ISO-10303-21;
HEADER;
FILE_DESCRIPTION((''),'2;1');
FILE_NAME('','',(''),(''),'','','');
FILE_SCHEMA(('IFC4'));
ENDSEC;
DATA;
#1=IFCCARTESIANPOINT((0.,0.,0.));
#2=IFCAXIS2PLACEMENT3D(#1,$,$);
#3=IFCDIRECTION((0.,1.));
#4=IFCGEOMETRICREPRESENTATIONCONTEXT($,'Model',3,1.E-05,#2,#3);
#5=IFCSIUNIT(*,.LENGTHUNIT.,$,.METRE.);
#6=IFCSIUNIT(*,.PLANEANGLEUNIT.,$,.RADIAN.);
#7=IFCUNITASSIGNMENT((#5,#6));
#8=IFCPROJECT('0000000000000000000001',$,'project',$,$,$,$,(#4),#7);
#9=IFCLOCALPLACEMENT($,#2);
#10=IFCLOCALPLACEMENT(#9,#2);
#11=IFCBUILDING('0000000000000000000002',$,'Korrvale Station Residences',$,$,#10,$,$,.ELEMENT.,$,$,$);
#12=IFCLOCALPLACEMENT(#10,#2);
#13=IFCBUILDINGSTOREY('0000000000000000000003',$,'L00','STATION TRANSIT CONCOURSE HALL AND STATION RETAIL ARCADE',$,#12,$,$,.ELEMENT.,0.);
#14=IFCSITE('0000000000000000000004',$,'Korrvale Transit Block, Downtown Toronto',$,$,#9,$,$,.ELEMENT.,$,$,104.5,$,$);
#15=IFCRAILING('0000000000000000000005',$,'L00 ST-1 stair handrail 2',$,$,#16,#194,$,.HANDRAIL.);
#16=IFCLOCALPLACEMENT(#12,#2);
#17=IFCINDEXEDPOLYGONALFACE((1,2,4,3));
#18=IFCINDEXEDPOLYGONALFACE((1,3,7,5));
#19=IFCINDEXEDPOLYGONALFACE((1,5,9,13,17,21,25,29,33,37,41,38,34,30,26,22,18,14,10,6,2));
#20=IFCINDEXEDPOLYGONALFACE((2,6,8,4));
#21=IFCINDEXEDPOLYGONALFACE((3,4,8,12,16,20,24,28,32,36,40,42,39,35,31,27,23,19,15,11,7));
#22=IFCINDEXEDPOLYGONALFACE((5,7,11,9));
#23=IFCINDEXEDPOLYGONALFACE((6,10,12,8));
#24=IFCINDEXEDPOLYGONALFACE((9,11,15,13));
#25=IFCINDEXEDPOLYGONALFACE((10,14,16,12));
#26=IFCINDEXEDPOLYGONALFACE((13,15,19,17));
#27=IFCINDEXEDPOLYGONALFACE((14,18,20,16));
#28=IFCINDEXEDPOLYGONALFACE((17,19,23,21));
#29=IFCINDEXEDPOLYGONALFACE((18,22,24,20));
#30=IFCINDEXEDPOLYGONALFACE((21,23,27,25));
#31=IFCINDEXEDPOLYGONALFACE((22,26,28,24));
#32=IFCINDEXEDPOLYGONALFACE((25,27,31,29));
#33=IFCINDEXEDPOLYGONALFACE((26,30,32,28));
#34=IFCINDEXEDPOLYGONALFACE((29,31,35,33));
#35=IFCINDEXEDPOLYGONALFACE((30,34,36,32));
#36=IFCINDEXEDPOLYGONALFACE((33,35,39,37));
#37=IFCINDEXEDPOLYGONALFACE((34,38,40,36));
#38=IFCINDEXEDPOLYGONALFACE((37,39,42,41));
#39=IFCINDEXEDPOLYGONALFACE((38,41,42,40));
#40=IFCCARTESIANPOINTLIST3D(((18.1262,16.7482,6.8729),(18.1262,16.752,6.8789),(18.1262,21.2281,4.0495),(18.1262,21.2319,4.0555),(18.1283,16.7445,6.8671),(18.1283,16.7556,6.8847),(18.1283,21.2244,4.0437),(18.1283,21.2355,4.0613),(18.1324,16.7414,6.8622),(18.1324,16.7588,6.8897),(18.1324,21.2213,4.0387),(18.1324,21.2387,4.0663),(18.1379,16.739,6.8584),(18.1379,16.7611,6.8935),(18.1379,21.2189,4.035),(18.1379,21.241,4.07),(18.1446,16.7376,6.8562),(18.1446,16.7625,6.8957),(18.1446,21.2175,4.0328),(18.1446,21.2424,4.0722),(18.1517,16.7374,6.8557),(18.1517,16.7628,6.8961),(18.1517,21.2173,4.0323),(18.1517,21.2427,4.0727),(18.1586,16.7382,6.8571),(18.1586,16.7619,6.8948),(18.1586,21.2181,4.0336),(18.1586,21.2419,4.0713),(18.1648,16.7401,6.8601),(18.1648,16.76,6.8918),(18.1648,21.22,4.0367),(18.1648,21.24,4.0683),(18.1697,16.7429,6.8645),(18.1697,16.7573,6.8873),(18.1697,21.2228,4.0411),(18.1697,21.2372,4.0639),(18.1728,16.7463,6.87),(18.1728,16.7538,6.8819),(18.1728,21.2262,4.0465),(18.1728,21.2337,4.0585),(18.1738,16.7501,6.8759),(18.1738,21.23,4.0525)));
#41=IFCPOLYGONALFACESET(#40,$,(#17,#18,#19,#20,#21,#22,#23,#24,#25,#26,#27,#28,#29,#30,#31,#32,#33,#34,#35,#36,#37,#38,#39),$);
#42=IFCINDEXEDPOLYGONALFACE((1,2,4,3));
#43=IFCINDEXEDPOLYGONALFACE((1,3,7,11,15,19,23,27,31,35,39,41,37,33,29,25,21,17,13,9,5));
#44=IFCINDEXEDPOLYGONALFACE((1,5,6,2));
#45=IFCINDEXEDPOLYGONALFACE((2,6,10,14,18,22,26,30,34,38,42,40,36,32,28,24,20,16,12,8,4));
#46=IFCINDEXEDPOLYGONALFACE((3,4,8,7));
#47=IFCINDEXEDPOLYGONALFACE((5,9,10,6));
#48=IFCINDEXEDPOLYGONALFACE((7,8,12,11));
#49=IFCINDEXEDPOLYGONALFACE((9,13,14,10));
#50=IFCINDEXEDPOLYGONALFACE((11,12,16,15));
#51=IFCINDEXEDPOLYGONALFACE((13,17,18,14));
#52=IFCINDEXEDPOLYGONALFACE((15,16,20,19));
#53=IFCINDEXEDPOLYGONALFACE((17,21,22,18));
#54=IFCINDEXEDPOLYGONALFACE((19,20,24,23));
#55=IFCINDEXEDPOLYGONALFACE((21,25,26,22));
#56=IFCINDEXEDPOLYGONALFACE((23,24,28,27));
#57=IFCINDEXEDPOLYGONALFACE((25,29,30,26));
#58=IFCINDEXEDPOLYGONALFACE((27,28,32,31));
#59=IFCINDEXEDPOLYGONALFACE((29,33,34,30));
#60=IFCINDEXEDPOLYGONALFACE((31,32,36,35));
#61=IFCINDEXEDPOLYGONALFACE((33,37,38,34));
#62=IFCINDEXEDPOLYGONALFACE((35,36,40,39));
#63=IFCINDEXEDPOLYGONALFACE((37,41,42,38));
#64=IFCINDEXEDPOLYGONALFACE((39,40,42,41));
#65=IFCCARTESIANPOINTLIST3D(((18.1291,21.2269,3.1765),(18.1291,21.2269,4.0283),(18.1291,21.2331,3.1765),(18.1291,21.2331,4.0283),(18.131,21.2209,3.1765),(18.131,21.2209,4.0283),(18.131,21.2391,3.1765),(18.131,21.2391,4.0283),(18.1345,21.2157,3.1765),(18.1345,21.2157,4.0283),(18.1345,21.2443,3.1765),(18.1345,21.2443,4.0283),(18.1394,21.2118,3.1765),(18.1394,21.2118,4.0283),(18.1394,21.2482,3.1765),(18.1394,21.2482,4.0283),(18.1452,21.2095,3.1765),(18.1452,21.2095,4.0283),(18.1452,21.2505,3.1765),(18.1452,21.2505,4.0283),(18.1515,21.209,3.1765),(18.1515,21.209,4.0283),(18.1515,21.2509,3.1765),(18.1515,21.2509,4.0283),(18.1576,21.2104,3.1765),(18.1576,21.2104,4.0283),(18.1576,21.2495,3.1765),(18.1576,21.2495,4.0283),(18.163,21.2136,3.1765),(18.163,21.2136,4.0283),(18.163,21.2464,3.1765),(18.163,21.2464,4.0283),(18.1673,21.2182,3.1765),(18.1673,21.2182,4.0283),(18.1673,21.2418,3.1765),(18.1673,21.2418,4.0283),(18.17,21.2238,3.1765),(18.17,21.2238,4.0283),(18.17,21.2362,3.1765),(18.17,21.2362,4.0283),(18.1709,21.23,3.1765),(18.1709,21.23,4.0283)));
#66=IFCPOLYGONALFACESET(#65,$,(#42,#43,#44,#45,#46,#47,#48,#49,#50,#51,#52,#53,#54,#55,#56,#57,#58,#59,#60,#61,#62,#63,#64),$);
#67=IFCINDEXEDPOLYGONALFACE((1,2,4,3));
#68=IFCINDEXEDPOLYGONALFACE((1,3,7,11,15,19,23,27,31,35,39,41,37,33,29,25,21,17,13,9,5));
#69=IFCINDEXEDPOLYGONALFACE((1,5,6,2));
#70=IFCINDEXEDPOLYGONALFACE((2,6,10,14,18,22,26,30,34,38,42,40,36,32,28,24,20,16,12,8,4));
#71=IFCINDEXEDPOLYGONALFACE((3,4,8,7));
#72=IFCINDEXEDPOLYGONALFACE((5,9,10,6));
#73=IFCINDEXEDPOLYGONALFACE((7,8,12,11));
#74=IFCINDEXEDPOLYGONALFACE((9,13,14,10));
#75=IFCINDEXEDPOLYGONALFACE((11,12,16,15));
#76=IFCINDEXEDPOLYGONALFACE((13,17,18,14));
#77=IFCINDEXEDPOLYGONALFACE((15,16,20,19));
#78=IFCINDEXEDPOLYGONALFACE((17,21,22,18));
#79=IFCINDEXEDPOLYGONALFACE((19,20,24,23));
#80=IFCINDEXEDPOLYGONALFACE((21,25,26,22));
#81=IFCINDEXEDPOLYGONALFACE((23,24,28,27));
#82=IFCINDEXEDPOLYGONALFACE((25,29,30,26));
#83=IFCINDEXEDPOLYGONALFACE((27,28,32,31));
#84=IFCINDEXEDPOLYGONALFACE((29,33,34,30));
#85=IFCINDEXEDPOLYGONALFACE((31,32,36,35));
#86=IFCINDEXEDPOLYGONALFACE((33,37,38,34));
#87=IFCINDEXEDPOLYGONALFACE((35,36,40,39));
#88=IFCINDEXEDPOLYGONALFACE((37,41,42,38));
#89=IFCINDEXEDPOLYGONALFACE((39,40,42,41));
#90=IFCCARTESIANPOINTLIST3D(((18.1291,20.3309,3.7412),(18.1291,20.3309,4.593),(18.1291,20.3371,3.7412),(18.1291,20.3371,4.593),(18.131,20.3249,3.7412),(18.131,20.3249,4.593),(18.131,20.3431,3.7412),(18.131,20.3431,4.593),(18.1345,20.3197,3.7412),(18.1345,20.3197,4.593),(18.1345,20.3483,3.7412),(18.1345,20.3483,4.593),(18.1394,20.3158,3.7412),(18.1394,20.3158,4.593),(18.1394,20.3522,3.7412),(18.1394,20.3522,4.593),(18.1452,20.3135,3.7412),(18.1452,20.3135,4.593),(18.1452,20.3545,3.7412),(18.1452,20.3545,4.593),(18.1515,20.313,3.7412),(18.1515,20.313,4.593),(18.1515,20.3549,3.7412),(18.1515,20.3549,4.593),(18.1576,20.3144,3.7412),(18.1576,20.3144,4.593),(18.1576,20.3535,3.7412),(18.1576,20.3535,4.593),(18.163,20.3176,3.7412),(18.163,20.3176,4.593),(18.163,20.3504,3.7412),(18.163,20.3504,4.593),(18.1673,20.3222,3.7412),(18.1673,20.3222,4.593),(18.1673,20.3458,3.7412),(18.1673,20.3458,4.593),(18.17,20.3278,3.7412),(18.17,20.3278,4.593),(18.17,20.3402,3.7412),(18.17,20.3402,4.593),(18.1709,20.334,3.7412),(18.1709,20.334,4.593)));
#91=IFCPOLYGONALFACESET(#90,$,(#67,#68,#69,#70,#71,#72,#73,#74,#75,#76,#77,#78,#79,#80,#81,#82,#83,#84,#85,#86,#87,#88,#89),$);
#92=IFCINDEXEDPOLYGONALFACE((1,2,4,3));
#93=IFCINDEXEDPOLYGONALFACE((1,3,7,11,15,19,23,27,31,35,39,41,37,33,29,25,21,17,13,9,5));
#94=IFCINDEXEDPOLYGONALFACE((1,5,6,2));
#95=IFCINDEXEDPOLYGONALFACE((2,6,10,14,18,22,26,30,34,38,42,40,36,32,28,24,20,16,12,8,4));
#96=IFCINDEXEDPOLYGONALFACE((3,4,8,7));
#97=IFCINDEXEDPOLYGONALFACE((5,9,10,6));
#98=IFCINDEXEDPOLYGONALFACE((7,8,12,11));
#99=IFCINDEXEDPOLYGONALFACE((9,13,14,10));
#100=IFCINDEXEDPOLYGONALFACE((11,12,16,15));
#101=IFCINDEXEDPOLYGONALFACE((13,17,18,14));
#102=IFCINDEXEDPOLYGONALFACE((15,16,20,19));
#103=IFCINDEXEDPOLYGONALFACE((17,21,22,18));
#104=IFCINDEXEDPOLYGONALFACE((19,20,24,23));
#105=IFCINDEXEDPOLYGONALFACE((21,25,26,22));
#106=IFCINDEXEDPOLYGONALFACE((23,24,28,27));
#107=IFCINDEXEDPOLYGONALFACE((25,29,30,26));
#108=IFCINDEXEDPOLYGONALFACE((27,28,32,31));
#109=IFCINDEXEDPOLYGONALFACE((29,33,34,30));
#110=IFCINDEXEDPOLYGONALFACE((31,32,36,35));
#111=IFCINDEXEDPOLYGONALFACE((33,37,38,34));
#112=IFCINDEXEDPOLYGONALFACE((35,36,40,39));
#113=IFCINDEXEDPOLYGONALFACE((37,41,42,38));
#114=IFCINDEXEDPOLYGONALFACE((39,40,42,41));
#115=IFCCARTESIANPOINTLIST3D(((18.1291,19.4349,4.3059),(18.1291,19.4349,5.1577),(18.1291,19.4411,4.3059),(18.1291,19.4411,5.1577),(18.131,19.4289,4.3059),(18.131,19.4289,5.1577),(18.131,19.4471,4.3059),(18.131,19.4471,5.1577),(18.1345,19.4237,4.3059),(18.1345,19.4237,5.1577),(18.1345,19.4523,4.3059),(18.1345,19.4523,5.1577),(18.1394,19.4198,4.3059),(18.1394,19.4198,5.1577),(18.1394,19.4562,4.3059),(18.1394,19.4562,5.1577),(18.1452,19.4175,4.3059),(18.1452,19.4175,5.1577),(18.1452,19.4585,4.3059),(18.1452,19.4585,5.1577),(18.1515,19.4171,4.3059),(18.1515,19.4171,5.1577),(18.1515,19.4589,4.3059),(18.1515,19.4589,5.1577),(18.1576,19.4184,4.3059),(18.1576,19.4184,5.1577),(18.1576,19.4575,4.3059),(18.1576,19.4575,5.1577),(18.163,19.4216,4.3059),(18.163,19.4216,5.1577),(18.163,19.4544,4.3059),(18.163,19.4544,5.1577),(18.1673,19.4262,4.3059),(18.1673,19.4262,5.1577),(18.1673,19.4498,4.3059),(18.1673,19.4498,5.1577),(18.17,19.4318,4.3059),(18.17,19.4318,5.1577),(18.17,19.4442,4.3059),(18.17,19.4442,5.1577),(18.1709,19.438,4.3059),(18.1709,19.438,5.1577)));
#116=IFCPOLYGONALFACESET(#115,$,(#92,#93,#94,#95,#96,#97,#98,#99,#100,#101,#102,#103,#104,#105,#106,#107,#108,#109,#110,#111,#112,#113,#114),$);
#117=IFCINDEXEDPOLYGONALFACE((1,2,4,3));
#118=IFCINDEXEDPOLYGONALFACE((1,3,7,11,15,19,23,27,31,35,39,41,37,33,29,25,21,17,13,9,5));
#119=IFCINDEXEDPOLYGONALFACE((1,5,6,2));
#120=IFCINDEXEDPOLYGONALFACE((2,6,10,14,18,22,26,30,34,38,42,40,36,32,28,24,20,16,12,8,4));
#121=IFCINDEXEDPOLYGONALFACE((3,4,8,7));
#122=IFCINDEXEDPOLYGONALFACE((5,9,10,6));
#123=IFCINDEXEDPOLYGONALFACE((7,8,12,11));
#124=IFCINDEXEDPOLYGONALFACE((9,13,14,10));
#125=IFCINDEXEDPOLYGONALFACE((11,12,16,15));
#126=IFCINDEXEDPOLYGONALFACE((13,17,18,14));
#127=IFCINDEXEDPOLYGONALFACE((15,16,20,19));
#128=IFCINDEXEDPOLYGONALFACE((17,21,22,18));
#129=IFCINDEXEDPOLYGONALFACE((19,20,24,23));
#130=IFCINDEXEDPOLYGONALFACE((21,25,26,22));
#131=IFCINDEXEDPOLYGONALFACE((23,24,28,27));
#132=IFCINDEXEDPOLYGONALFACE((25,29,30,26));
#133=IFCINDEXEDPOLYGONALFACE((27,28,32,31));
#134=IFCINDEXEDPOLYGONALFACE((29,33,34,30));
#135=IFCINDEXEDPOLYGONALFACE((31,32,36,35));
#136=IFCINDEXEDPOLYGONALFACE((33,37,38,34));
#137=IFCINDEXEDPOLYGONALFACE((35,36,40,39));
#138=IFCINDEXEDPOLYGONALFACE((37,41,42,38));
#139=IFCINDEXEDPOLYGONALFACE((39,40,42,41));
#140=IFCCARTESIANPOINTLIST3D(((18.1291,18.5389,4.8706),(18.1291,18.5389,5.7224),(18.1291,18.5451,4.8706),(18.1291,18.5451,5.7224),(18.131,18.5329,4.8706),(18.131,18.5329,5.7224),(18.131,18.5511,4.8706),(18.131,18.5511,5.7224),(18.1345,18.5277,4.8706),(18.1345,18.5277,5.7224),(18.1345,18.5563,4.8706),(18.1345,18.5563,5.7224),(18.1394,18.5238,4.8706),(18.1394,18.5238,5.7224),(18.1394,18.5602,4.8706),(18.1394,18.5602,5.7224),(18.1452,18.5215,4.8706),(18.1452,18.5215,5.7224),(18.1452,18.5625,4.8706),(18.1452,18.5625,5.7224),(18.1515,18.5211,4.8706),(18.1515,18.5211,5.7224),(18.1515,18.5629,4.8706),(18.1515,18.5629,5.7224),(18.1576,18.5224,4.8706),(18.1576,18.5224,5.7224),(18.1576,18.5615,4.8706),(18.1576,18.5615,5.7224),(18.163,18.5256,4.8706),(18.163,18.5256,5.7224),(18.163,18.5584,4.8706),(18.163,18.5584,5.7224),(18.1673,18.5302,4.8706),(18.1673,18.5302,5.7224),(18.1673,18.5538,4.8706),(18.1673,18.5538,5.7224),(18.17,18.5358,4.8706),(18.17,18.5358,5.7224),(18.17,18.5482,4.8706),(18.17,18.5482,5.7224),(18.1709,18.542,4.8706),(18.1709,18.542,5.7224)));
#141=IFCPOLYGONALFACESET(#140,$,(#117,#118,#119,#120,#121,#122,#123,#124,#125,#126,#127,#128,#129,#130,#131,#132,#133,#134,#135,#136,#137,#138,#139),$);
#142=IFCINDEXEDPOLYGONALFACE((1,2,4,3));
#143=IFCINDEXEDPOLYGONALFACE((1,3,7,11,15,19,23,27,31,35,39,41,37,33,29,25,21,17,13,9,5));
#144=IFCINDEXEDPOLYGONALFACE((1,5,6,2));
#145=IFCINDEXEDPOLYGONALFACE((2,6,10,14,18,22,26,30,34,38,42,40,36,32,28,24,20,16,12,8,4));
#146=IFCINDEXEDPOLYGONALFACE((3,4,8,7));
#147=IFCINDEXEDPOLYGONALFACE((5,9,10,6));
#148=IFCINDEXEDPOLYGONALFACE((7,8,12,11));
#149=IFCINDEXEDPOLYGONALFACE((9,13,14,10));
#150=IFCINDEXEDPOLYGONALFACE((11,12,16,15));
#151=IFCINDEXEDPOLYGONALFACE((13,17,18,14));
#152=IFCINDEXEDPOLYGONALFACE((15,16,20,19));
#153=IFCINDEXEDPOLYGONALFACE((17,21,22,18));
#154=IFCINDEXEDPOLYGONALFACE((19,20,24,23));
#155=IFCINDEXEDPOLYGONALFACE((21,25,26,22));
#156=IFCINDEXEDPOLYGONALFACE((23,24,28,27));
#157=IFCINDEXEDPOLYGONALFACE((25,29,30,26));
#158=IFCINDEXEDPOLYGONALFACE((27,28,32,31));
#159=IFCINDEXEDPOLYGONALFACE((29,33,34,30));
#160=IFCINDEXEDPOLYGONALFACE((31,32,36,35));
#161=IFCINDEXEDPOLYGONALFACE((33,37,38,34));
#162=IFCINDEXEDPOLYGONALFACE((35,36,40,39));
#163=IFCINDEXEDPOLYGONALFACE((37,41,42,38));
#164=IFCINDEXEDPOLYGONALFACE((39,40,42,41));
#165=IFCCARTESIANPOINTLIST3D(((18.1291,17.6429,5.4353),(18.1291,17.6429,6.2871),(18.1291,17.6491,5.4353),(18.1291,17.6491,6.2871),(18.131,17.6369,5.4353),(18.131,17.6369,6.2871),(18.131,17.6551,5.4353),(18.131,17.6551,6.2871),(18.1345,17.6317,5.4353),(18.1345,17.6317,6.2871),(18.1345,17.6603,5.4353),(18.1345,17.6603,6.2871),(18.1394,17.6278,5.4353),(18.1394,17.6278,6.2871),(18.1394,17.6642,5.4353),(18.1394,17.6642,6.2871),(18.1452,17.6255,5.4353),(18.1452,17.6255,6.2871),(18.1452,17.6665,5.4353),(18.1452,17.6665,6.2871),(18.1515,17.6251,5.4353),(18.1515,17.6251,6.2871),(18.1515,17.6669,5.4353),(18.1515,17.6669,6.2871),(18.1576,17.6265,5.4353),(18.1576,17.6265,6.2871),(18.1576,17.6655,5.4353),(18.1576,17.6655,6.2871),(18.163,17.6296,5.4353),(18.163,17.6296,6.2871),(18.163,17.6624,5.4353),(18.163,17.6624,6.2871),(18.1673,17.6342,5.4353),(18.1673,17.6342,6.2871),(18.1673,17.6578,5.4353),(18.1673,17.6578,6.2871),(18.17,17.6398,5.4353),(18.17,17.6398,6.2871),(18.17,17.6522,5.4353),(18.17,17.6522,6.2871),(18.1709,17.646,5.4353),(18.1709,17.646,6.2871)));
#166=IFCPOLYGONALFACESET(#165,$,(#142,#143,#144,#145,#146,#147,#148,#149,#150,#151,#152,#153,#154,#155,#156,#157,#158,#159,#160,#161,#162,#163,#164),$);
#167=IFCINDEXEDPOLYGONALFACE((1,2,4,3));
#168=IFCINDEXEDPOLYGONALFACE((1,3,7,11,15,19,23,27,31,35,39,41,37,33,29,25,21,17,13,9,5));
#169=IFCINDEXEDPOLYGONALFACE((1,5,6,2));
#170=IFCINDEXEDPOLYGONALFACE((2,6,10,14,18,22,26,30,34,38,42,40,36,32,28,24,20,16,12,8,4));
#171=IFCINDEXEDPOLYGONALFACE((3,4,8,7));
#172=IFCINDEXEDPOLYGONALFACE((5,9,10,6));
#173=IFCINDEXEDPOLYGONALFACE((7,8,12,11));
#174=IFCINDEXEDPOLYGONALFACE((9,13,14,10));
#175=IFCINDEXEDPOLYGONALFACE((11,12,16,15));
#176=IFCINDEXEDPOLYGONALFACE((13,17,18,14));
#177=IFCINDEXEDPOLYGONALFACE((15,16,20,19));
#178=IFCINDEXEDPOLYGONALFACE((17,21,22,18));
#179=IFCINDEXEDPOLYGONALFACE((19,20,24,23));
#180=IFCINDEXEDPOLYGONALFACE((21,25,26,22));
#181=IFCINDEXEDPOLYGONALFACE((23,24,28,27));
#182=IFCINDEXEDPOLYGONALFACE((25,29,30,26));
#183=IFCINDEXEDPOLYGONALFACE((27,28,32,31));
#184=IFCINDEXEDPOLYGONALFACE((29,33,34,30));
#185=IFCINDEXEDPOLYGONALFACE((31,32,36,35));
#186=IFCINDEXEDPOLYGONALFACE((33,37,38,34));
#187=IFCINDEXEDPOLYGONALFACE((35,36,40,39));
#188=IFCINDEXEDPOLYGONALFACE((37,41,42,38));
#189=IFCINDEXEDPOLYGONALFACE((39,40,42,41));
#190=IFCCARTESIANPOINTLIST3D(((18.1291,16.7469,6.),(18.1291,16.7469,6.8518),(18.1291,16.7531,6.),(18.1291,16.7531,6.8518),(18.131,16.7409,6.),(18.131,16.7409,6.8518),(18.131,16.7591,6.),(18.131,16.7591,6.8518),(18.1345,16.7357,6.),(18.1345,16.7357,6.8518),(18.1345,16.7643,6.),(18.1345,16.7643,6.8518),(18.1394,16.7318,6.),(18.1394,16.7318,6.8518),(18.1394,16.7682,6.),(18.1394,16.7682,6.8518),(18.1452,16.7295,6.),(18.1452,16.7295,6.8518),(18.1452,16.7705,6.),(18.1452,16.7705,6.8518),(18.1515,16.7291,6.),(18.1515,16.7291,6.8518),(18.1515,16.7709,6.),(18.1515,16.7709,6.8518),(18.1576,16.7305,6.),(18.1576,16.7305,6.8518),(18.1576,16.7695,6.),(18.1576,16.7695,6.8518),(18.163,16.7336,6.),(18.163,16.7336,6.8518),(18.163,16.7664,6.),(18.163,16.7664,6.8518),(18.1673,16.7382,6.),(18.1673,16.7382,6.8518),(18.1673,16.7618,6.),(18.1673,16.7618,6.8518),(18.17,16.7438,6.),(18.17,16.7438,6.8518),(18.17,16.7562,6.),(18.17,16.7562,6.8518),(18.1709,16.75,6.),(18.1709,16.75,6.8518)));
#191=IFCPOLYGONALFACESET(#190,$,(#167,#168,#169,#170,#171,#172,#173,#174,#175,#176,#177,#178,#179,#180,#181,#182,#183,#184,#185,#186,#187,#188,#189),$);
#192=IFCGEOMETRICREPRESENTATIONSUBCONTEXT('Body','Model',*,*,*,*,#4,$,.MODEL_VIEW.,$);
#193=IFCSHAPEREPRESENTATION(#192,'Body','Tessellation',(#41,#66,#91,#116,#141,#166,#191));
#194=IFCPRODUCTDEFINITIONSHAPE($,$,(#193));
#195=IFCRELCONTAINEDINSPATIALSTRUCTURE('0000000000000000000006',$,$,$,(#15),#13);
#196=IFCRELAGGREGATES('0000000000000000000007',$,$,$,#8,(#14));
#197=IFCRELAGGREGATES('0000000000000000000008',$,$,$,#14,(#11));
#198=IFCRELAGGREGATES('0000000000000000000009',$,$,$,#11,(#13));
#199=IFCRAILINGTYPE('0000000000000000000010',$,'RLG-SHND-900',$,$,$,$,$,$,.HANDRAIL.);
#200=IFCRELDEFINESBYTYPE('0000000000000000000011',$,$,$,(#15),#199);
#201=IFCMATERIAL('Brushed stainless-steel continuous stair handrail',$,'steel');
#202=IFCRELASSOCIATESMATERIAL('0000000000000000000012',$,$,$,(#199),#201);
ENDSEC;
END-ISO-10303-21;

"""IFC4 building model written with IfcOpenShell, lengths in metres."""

from ifc_helpers import new_model, si_unit, direction, frame, origin, origin_2d, place, context, subcontext, project, spatial, circle, extrude, material, type_object, element, save


model = new_model("IFC4")

# Units and contexts
model_context = context("Model", 3, precision=1e-05, world=origin(), true_north=direction((0.0, 1.0)))
body_context = subcontext(model_context, "Body", "Model", "MODEL_VIEW")
ifc_project = project(units=[si_unit("LENGTHUNIT", "METRE"), si_unit("PLANEANGLEUNIT", "RADIAN")], contexts=[model_context])

# Site, building, storey
site_placement = place(None, origin())
site = spatial("IfcSite", under=ifc_project, at=site_placement, Name="Korrvale Transit Block, Downtown Toronto", CompositionType="ELEMENT", RefElevation=104.5)
building_placement = place(site_placement, origin())
building = spatial("IfcBuilding", under=site, at=building_placement, Name="Korrvale Station Residences", CompositionType="ELEMENT")
storey_placement = place(building_placement, origin())
storey = spatial("IfcBuildingStorey", under=building, at=storey_placement, Name="L00", Description="STATION TRANSIT CONCOURSE HALL AND STATION RETAIL ARCADE", CompositionType="ELEMENT", Elevation=0.0)

# Railing
ifc_material_1 = material(Name="Brushed stainless-steel continuous stair handrail", Category="steel")
railing_type_1 = type_object("IfcRailingType", Name="RLG-SHND-900", PredefinedType="HANDRAIL", material=ifc_material_1)
railing_placement = place(storey_placement, frame((18.1499, 21.23, 3.1765)))
element("IfcRailing", 1, at=railing_placement, inside=storey, type_object=railing_type_1, Name="L00 ST-1 stair handrail 2", PredefinedType="HANDRAIL", context=body_context, shape_type="SweptSolid", body=[
    extrude(circle(Radius=0.0239, at=origin_2d()), frame((0.0, 0.0, 0.876), z_axis=(0.0, -0.845998, 0.533186), x_axis=(1.0, 0.0, 0.0)), (0.0, 0.0, 1.0), 5.2954),
    extrude(circle(Radius=0.021, at=origin_2d()), origin(), (0.0, 0.0, 1.0), 0.8518),
    extrude(circle(Radius=0.021, at=origin_2d()), frame((0.0, -0.896, 0.5647)), (0.0, 0.0, 1.0), 0.8518),
    extrude(circle(Radius=0.021, at=origin_2d()), frame((0.0, -1.792, 1.1294)), (0.0, 0.0, 1.0), 0.8518),
    extrude(circle(Radius=0.021, at=origin_2d()), frame((0.0, -2.688, 1.6941)), (0.0, 0.0, 1.0), 0.8518),
    extrude(circle(Radius=0.021, at=origin_2d()), frame((0.0, -3.584, 2.2588)), (0.0, 0.0, 1.0), 0.8518),
    extrude(circle(Radius=0.021, at=origin_2d()), frame((0.0, -4.48, 2.8235)), (0.0, 0.0, 1.0), 0.8518),
])

save(model, "model.ifc")
